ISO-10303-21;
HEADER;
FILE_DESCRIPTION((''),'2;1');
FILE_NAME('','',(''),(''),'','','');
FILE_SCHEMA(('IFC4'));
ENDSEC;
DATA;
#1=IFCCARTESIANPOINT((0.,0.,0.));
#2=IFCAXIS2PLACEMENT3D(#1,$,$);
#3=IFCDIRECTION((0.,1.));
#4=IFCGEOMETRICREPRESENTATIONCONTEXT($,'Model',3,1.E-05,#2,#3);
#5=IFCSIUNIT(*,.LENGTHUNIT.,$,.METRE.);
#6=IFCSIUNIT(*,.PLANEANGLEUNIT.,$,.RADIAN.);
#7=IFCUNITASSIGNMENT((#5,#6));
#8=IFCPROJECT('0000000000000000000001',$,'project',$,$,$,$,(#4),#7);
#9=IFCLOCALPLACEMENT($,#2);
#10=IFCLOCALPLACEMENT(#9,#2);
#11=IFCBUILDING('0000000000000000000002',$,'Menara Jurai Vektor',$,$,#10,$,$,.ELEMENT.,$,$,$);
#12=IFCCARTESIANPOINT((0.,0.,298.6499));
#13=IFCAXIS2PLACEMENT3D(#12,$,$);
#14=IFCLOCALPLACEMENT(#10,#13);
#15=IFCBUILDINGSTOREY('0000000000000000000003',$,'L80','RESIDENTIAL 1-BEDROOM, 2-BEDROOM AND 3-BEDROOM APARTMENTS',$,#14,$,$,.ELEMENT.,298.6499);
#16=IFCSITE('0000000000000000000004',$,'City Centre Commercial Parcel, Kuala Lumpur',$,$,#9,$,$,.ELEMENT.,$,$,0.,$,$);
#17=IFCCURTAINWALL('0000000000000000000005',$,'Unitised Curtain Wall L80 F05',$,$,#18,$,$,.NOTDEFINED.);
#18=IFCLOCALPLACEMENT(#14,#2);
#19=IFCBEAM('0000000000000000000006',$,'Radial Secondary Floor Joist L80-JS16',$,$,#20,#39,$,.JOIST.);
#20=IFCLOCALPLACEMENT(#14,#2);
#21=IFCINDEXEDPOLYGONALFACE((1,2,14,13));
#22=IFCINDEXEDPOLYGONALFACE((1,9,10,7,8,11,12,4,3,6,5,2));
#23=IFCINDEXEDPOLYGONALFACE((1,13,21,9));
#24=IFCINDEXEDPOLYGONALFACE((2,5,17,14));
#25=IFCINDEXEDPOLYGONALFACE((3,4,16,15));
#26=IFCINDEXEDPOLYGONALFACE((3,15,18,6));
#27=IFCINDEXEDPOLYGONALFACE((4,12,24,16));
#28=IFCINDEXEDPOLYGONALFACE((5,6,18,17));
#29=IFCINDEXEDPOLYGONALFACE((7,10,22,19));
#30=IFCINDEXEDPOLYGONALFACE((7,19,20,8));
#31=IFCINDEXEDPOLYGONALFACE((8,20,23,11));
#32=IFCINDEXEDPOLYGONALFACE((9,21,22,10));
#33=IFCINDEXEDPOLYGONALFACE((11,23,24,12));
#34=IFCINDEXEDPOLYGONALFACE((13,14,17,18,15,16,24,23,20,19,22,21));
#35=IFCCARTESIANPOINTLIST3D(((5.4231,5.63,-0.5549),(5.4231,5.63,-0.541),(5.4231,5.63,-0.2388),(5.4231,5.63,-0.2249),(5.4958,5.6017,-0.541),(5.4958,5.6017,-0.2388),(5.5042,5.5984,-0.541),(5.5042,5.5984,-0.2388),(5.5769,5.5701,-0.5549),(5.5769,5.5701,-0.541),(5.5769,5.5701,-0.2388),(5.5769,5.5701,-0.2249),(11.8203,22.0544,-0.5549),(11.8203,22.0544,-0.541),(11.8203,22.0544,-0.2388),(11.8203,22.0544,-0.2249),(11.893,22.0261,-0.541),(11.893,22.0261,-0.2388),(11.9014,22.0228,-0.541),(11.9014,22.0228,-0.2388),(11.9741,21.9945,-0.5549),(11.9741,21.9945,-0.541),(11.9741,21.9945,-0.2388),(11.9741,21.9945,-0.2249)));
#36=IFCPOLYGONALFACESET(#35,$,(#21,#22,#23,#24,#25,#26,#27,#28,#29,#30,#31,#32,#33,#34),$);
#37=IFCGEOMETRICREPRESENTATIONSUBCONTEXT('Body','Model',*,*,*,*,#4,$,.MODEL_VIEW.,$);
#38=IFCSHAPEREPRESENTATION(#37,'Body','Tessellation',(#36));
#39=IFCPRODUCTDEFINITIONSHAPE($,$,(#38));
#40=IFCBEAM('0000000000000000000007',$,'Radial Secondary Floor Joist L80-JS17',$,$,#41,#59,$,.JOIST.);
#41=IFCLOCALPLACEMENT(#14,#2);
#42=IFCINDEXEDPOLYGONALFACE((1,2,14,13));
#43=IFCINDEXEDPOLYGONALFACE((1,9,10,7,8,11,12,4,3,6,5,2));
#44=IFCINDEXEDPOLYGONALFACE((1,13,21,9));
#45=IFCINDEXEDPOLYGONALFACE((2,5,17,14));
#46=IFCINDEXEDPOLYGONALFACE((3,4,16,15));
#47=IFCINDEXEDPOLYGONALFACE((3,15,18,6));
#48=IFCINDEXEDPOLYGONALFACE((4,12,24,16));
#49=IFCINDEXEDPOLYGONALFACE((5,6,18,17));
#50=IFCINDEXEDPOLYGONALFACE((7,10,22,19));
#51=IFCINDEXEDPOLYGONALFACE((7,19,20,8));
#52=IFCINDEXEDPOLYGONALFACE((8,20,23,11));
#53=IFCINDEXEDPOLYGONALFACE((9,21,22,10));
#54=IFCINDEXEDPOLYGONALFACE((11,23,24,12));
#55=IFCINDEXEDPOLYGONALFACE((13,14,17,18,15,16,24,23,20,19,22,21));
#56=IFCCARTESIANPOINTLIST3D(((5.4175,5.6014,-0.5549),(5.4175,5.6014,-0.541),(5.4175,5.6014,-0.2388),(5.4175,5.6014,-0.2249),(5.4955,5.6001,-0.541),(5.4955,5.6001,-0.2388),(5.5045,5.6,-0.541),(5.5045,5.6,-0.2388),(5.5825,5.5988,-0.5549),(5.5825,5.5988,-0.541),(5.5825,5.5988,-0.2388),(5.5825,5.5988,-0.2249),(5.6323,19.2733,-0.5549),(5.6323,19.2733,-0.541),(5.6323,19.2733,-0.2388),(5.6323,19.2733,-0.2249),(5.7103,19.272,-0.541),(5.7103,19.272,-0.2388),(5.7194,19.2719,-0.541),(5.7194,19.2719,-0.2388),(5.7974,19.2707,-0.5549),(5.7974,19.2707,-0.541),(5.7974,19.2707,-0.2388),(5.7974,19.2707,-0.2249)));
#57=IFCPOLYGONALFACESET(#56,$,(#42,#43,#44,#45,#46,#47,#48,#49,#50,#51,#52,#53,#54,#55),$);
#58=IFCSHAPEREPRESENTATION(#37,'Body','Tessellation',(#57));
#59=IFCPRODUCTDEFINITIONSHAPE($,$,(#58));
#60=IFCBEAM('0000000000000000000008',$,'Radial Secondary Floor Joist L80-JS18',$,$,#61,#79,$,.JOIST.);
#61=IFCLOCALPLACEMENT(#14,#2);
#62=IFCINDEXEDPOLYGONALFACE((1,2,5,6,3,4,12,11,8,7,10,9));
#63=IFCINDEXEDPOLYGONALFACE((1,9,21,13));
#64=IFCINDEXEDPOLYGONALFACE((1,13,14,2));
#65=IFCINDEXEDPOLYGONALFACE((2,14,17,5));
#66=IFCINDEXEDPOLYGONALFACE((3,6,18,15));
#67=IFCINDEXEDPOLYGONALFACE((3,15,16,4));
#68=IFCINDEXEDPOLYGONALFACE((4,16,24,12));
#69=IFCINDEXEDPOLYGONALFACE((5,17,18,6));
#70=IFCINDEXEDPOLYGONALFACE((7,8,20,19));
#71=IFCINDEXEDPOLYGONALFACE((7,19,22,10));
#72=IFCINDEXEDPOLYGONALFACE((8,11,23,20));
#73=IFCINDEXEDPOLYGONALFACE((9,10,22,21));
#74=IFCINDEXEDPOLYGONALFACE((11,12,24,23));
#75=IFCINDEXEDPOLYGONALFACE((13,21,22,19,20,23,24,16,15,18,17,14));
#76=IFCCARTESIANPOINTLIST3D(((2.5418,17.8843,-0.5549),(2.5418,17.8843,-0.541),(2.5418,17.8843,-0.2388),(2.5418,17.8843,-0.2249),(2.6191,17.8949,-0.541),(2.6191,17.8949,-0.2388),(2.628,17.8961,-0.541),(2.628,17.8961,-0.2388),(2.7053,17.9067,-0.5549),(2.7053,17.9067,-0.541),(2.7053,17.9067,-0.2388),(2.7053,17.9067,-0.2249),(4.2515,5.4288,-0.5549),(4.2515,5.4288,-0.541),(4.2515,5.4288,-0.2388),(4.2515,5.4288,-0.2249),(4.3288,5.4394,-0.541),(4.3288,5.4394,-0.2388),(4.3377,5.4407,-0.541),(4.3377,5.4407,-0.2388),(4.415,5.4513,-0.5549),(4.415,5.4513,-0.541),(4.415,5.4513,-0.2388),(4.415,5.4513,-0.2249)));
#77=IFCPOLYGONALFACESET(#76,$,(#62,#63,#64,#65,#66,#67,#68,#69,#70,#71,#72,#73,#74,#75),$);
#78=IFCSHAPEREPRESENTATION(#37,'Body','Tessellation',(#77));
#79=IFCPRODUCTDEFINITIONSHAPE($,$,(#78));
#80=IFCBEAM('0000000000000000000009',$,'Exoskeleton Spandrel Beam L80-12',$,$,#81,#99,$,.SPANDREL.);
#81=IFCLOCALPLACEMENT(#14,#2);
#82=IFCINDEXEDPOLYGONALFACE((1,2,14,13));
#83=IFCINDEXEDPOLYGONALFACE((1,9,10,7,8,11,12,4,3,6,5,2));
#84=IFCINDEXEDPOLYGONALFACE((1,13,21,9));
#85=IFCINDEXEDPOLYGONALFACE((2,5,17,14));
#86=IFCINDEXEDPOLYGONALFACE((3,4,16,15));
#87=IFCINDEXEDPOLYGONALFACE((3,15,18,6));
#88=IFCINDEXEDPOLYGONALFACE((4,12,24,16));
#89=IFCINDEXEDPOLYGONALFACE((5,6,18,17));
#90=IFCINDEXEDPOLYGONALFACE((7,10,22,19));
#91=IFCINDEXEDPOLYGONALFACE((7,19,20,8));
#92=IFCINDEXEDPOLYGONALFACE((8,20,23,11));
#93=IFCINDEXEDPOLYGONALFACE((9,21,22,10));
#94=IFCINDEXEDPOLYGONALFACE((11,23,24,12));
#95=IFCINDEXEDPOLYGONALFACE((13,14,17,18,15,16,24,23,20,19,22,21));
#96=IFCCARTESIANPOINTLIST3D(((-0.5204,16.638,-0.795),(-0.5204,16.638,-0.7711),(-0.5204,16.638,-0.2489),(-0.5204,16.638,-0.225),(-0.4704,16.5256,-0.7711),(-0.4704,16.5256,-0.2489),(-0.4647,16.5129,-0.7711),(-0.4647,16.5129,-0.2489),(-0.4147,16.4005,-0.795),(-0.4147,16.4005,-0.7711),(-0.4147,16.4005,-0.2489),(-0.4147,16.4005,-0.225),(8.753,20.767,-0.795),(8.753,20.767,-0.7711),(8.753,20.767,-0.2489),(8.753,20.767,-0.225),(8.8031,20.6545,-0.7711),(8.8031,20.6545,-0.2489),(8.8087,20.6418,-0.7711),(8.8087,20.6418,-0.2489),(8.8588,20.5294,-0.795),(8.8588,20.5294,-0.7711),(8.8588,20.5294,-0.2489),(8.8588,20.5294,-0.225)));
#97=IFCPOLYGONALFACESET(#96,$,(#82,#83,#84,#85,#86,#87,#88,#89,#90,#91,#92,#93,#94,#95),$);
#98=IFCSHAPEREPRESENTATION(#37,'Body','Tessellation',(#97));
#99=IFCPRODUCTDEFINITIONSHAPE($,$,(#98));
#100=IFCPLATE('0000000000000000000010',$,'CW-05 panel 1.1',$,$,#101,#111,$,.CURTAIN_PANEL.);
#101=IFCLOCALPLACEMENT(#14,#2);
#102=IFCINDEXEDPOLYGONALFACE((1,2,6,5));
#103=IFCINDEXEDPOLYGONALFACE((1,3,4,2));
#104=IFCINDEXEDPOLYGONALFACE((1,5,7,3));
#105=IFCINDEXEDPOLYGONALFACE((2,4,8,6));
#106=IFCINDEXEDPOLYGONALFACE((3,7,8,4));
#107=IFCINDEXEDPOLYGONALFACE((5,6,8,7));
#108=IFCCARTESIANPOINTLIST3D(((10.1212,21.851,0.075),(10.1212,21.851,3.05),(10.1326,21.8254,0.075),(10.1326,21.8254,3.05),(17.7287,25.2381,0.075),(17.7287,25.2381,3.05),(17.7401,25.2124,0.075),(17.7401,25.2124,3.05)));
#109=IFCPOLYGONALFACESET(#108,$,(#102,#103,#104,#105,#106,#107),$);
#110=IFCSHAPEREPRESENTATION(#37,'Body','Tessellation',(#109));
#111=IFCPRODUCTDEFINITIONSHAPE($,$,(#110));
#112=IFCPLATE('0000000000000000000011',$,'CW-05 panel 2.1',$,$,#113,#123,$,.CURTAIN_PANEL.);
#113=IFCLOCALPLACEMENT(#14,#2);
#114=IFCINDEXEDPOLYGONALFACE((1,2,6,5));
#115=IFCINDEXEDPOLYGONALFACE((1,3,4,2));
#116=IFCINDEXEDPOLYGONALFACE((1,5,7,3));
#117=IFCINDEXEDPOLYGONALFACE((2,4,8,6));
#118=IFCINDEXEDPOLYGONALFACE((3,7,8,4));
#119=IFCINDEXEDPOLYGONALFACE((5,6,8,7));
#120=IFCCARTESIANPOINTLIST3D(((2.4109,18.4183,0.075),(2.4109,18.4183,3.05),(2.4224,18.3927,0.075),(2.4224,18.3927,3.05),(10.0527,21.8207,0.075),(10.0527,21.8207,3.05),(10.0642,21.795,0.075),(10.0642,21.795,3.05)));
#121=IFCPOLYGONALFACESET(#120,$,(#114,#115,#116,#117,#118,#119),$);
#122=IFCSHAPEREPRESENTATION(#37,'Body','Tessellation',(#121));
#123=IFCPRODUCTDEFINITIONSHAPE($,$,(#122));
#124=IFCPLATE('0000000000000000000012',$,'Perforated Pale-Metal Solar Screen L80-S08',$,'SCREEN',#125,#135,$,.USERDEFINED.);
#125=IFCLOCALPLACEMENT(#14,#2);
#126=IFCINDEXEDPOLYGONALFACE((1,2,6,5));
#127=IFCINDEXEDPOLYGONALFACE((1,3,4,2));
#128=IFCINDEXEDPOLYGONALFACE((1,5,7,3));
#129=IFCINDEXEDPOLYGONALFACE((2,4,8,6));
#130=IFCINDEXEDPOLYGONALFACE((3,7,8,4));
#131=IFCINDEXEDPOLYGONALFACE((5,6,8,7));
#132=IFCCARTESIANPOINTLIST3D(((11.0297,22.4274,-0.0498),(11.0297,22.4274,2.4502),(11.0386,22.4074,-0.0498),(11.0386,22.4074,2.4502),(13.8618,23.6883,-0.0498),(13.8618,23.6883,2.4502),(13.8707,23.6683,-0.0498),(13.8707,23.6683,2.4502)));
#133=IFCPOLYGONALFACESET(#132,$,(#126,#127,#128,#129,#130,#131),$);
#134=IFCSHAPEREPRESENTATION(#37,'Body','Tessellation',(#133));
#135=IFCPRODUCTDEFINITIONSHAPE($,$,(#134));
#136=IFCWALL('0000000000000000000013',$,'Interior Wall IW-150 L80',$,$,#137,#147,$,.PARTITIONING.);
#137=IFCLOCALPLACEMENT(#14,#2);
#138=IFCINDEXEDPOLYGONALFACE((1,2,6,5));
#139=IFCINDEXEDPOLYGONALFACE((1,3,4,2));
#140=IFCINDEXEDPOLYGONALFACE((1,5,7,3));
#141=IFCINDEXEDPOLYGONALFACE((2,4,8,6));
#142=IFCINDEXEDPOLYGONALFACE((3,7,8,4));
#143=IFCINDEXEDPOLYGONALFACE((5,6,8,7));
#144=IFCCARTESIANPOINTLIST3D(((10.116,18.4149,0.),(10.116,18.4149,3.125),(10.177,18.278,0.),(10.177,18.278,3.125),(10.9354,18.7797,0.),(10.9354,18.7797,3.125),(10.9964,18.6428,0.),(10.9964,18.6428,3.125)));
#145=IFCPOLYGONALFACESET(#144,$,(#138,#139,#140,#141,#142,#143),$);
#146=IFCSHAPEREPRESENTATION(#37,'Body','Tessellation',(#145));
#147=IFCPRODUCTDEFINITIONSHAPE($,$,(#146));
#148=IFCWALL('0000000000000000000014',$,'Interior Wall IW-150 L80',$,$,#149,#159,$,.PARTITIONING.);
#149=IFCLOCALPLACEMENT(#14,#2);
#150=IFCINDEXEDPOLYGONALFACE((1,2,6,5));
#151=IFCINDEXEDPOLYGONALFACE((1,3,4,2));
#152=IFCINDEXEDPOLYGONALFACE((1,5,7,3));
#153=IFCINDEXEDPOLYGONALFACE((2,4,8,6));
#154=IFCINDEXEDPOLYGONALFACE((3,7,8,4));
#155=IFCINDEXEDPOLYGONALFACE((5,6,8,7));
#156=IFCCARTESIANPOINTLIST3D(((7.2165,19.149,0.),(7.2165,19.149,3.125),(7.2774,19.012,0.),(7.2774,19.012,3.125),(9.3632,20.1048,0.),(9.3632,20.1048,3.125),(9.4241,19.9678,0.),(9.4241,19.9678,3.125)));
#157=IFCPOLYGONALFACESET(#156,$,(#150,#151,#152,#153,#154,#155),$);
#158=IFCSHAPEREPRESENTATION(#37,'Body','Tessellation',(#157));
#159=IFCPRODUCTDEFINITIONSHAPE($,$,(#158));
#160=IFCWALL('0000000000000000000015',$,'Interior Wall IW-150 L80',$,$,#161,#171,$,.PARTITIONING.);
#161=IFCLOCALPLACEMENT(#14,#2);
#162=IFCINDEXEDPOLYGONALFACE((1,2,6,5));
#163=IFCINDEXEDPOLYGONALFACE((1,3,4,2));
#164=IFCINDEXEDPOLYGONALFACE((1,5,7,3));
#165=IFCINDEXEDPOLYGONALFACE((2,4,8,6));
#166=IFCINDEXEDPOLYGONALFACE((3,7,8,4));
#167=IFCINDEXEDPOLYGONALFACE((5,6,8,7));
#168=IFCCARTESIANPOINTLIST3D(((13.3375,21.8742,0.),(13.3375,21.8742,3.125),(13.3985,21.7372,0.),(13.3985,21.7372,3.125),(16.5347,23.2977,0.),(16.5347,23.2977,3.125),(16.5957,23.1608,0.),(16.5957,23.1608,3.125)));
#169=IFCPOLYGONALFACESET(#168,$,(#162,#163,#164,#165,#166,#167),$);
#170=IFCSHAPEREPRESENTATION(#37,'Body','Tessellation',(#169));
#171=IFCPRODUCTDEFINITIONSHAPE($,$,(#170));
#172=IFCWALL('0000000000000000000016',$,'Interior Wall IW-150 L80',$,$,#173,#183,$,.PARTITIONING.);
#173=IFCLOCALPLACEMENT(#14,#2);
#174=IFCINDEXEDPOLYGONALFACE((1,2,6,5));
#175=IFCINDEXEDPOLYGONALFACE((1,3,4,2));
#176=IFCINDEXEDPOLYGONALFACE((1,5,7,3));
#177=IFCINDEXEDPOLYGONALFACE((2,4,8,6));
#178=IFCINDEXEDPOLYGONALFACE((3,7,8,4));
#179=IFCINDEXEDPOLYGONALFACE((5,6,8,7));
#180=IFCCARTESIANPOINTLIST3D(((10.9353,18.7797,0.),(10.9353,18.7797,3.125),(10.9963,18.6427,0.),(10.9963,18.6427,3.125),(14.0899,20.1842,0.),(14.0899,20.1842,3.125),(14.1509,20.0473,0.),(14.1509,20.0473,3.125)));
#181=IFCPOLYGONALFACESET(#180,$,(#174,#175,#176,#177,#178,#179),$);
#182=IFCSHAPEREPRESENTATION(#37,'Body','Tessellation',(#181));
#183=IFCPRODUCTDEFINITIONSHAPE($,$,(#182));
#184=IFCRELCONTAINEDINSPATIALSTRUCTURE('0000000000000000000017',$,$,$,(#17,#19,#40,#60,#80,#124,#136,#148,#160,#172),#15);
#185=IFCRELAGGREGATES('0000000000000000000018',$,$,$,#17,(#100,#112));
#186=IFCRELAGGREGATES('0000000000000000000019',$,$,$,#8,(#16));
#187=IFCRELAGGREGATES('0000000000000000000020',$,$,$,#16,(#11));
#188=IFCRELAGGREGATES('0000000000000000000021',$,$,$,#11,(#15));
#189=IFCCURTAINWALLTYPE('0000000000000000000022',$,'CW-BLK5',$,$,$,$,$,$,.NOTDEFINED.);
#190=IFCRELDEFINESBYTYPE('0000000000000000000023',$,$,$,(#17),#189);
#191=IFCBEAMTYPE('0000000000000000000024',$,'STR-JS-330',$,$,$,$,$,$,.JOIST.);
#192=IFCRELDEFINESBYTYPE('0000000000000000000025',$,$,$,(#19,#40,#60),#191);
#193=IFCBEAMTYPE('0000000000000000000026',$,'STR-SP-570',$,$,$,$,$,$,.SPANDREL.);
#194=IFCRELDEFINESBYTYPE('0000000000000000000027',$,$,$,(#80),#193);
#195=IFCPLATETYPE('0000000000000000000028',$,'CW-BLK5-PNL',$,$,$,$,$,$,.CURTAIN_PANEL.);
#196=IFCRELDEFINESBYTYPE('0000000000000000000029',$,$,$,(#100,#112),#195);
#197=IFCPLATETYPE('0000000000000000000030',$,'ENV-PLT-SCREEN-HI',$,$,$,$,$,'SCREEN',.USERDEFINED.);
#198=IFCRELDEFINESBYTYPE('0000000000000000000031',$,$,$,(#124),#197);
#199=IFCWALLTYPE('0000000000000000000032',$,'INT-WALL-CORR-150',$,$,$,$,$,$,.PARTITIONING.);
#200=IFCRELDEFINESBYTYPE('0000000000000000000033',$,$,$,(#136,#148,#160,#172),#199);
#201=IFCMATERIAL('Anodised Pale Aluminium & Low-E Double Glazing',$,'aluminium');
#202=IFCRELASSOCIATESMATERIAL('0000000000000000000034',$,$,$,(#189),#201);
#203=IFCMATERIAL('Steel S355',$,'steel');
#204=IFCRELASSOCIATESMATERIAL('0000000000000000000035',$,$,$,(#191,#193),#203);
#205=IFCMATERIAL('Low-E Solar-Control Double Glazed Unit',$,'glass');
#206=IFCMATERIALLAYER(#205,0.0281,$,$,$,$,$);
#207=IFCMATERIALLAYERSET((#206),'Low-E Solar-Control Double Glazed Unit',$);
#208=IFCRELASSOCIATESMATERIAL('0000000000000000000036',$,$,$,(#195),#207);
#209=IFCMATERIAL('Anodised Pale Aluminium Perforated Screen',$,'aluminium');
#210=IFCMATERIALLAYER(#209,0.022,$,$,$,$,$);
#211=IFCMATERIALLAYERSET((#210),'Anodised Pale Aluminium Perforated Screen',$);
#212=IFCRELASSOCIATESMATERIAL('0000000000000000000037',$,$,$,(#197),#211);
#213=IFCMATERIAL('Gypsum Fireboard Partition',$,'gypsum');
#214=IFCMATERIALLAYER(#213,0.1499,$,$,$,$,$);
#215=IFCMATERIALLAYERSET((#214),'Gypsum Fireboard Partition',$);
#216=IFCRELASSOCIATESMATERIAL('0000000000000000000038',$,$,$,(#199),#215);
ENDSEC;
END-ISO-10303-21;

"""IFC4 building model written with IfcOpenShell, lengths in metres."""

from ifc_helpers import new_model, si_unit, direction, frame, frame_2d, origin, origin_2d, place, context, subcontext, project, spatial, rectangle, i_section, extrude, material, layer, layer_set, material_profile, profile_set, type_object, element, aggregate, save


model = new_model("IFC4")

# Units and contexts
model_context = context("Model", 3, precision=1e-05, world=origin(), true_north=direction((0.0, 1.0)))
body_context = subcontext(model_context, "Body", "Model", "MODEL_VIEW")
ifc_project = project(units=[si_unit("LENGTHUNIT", "METRE"), si_unit("PLANEANGLEUNIT", "RADIAN")], contexts=[model_context])

# Site, building, storey
site_placement = place(None, origin())
site = spatial("IfcSite", under=ifc_project, at=site_placement, Name="City Centre Commercial Parcel, Kuala Lumpur", CompositionType="ELEMENT", RefElevation=0.0)
building_placement = place(site_placement, origin())
building = spatial("IfcBuilding", under=site, at=building_placement, Name="Menara Jurai Vektor", CompositionType="ELEMENT")
storey_placement = place(building_placement, frame((0.0, 0.0, 298.6499)))
storey = spatial("IfcBuildingStorey", under=building, at=storey_placement, Name="L80", Description="RESIDENTIAL 1-BEDROOM, 2-BEDROOM AND 3-BEDROOM APARTMENTS", CompositionType="ELEMENT", Elevation=298.6499)

# Curtain wall
ifc_material_1 = material(Name="Anodised Pale Aluminium & Low-E Double Glazing", Category="aluminium")
curtain_wall_type = type_object("IfcCurtainWallType", Name="CW-BLK5", PredefinedType="NOTDEFINED", material=ifc_material_1)
curtain_wall_placement = place(storey_placement, origin())
curtain_wall = element("IfcCurtainWall", 1, at=curtain_wall_placement, inside=storey, type_object=curtain_wall_type, Name="Unitised Curtain Wall L80 F05", PredefinedType="NOTDEFINED")

# Beams
ifc_material_2 = material(Name="Steel S355", Category="steel")
ifc_material_profile_1 = material_profile(ifc_material_2, i_section(OverallWidth=0.165, OverallDepth=0.3301, WebThickness=0.009, FlangeThickness=0.0139, at=origin_2d()), Name="PG 330x165x46")
ifc_profile_set_1 = profile_set([ifc_material_profile_1], Name="Steel S355")
beam_type_1 = type_object("IfcBeamType", Name="STR-JS-330", PredefinedType="JOIST", material=ifc_profile_set_1)
beam_1_placement = place(storey_placement, frame((11.8972, 22.0244, -0.3899), z_axis=(-0.362938, -0.931813, 0.0), x_axis=(0.931813, -0.362938, 0.0)))
element("IfcBeam", 2, at=beam_1_placement, inside=storey, type_object=beam_type_1, Name="Radial Secondary Floor Joist L80-JS16", PredefinedType="JOIST", context=body_context, shape_type="SweptSolid", body=[
    extrude(i_section(OverallWidth=0.165, OverallDepth=0.3301, WebThickness=0.009, FlangeThickness=0.0139, at=origin_2d()), origin(), (0.0, 0.0, 1.0), 17.6262),
])
beam_2_placement = place(storey_placement, frame((5.7148, 19.272, -0.3899), z_axis=(-0.015712, -0.999877, 0.0), x_axis=(0.999877, -0.015712, 0.0)))
element("IfcBeam", 3, at=beam_2_placement, inside=storey, type_object=beam_type_1, Name="Radial Secondary Floor Joist L80-JS17", PredefinedType="JOIST", context=body_context, shape_type="SweptSolid", body=[
    extrude(i_section(OverallWidth=0.165, OverallDepth=0.3301, WebThickness=0.009, FlangeThickness=0.0139, at=origin_2d()), origin(), (0.0, 0.0, 1.0), 13.6736),
])
beam_3_placement = place(storey_placement, frame((2.6235, 17.8955, -0.3899), z_axis=(0.13599, -0.99071, 0.0), x_axis=(0.99071, 0.13599, 0.0)))
element("IfcBeam", 4, at=beam_3_placement, inside=storey, type_object=beam_type_1, Name="Radial Secondary Floor Joist L80-JS18", PredefinedType="JOIST", context=body_context, shape_type="SweptSolid", body=[
    extrude(i_section(OverallWidth=0.165, OverallDepth=0.3301, WebThickness=0.009, FlangeThickness=0.0139, at=origin_2d()), origin(), (0.0, 0.0, 1.0), 12.5723),
])
ifc_material_profile_2 = material_profile(ifc_material_2, i_section(OverallWidth=0.26, OverallDepth=0.5701, WebThickness=0.0139, FlangeThickness=0.0239, at=origin_2d()), Name="PG 570x260x145")
ifc_profile_set_2 = profile_set([ifc_material_profile_2], Name="Steel S355")
beam_type_2 = type_object("IfcBeamType", Name="STR-SP-570", PredefinedType="SPANDREL", material=ifc_profile_set_2)
beam_4_placement = place(storey_placement, frame((8.8059, 20.6482, -0.51), z_axis=(-0.913542, -0.406745, 0.0), x_axis=(0.406745, -0.913542, 0.0)))
element("IfcBeam", 5, at=beam_4_placement, inside=storey, type_object=beam_type_2, Name="Exoskeleton Spandrel Beam L80-12", PredefinedType="SPANDREL", context=body_context, shape_type="SweptSolid", body=[
    extrude(i_section(OverallWidth=0.26, OverallDepth=0.5701, WebThickness=0.0139, FlangeThickness=0.0239, at=origin_2d()), origin(), (0.0, 0.0, 1.0), 10.1511),
])

# Plates
ifc_material_3 = material(Name="Low-E Solar-Control Double Glazed Unit", Category="glass")
ifc_layer_1 = layer(ifc_material_3, 0.0281)
ifc_layer_set_1 = layer_set([ifc_layer_1], Name="Low-E Solar-Control Double Glazed Unit")
plate_type_1 = type_object("IfcPlateType", Name="CW-BLK5-PNL", PredefinedType="CURTAIN_PANEL", material=ifc_layer_set_1)
plate_1_placement = place(storey_placement, frame((13.9307, 23.5317, 0.075), z_axis=(0.0, 0.0, 1.0), x_axis=(-0.913546, -0.406735, 0.0)))
plate_1 = element("IfcPlate", 6, at=plate_1_placement, type_object=plate_type_1, Name="CW-05 panel 1.1", PredefinedType="CURTAIN_PANEL", context=body_context, shape_type="SweptSolid", body=[
    extrude(rectangle(XDim=8.3274, YDim=0.0281, at=origin_2d()), origin(), (0.0, 0.0, 1.0), 2.9751),
])
plate_2_placement = place(storey_placement, frame((6.2375, 20.1067, 0.075), z_axis=(0.0, 0.0, 1.0), x_axis=(-0.913546, -0.406735, 0.0)))
plate_2 = element("IfcPlate", 7, at=plate_2_placement, type_object=plate_type_1, Name="CW-05 panel 2.1", PredefinedType="CURTAIN_PANEL", context=body_context, shape_type="SweptSolid", body=[
    extrude(rectangle(XDim=8.365, YDim=0.0281, at=origin_2d()), origin(), (0.0, 0.0, 1.0), 2.9751),
])
aggregate(curtain_wall, [plate_1, plate_2])
ifc_material_4 = material(Name="Anodised Pale Aluminium Perforated Screen", Category="aluminium")
ifc_layer_2 = layer(ifc_material_4, 0.022)
ifc_layer_set_2 = layer_set([ifc_layer_2], Name="Anodised Pale Aluminium Perforated Screen")
plate_type_2 = type_object("IfcPlateType", Name="ENV-PLT-SCREEN-HI", ElementType="SCREEN", PredefinedType="USERDEFINED", material=ifc_layer_set_2)
plate_3_placement = place(storey_placement, frame((12.4502, 23.0479, -0.0498), z_axis=(0.0, 0.0, 1.0), x_axis=(-0.913545, -0.406737, 0.0)))
element("IfcPlate", 8, at=plate_3_placement, inside=storey, type_object=plate_type_2, Name="Perforated Pale-Metal Solar Screen L80-S08", ObjectType="SCREEN", PredefinedType="USERDEFINED", context=body_context, shape_type="SweptSolid", body=[
    extrude(rectangle(XDim=3.1001, YDim=0.022, at=origin_2d()), origin(), (0.0, 0.0, 1.0), 2.5),
])

# Wall
ifc_material_5 = material(Name="Gypsum Fireboard Partition", Category="gypsum")
ifc_layer_3 = layer(ifc_material_5, 0.1499)
ifc_layer_set_3 = layer_set([ifc_layer_3], Name="Gypsum Fireboard Partition")
wall_type_1 = type_object("IfcWallType", Name="INT-WALL-CORR-150", PredefinedType="PARTITIONING", material=ifc_layer_set_3)
wall_1_placement = place(storey_placement, frame((10.1465, 18.3464, 0.0), z_axis=(0.0, 0.0, 1.0), x_axis=(0.913564, 0.406694, 0.0)))
element("IfcWall", 9, at=wall_1_placement, inside=storey, type_object=wall_type_1, Name="Interior Wall IW-150 L80", PredefinedType="PARTITIONING", context=body_context, shape_type="SweptSolid", body=[
    extrude(rectangle(XDim=0.897, YDim=0.1499, at=frame_2d((0.4485, 0.0))), origin(), (0.0, 0.0, 1.0), 3.125),
])

# Wall
wall_2_placement = place(storey_placement, frame((7.2471, 19.0806, 0.0), z_axis=(0.0, 0.0, 1.0), x_axis=(0.913541, 0.406746, 0.0)))
element("IfcWall", 10, at=wall_2_placement, inside=storey, type_object=wall_type_1, Name="Interior Wall IW-150 L80", PredefinedType="PARTITIONING", context=body_context, shape_type="SweptSolid", body=[
    extrude(rectangle(XDim=2.3499, YDim=0.1499, at=frame_2d((1.1748, 0.0))), origin(), (0.0, 0.0, 1.0), 3.125),
])

# Walls
wall_3_placement = place(storey_placement, frame((13.3679, 21.8057, 0.0), z_axis=(0.0, 0.0, 1.0), x_axis=(0.913538, 0.406753, 0.0)))
element("IfcWall", 11, at=wall_3_placement, inside=storey, type_object=wall_type_1, Name="Interior Wall IW-150 L80", PredefinedType="PARTITIONING", context=body_context, shape_type="SweptSolid", body=[
    extrude(rectangle(XDim=3.4998, YDim=0.1499, at=frame_2d((1.75, 0.0))), origin(), (0.0, 0.0, 1.0), 3.125),
])
wall_4_placement = place(storey_placement, frame((10.9658, 18.7112, 0.0), z_axis=(0.0, 0.0, 1.0), x_axis=(0.91354, 0.406748, 0.0)))
element("IfcWall", 12, at=wall_4_placement, inside=storey, type_object=wall_type_1, Name="Interior Wall IW-150 L80", PredefinedType="PARTITIONING", context=body_context, shape_type="SweptSolid", body=[
    extrude(rectangle(XDim=3.4531, YDim=0.1499, at=frame_2d((1.7266, 0.0))), origin(), (0.0, 0.0, 1.0), 3.125),
])

save(model, "model.ifc")
